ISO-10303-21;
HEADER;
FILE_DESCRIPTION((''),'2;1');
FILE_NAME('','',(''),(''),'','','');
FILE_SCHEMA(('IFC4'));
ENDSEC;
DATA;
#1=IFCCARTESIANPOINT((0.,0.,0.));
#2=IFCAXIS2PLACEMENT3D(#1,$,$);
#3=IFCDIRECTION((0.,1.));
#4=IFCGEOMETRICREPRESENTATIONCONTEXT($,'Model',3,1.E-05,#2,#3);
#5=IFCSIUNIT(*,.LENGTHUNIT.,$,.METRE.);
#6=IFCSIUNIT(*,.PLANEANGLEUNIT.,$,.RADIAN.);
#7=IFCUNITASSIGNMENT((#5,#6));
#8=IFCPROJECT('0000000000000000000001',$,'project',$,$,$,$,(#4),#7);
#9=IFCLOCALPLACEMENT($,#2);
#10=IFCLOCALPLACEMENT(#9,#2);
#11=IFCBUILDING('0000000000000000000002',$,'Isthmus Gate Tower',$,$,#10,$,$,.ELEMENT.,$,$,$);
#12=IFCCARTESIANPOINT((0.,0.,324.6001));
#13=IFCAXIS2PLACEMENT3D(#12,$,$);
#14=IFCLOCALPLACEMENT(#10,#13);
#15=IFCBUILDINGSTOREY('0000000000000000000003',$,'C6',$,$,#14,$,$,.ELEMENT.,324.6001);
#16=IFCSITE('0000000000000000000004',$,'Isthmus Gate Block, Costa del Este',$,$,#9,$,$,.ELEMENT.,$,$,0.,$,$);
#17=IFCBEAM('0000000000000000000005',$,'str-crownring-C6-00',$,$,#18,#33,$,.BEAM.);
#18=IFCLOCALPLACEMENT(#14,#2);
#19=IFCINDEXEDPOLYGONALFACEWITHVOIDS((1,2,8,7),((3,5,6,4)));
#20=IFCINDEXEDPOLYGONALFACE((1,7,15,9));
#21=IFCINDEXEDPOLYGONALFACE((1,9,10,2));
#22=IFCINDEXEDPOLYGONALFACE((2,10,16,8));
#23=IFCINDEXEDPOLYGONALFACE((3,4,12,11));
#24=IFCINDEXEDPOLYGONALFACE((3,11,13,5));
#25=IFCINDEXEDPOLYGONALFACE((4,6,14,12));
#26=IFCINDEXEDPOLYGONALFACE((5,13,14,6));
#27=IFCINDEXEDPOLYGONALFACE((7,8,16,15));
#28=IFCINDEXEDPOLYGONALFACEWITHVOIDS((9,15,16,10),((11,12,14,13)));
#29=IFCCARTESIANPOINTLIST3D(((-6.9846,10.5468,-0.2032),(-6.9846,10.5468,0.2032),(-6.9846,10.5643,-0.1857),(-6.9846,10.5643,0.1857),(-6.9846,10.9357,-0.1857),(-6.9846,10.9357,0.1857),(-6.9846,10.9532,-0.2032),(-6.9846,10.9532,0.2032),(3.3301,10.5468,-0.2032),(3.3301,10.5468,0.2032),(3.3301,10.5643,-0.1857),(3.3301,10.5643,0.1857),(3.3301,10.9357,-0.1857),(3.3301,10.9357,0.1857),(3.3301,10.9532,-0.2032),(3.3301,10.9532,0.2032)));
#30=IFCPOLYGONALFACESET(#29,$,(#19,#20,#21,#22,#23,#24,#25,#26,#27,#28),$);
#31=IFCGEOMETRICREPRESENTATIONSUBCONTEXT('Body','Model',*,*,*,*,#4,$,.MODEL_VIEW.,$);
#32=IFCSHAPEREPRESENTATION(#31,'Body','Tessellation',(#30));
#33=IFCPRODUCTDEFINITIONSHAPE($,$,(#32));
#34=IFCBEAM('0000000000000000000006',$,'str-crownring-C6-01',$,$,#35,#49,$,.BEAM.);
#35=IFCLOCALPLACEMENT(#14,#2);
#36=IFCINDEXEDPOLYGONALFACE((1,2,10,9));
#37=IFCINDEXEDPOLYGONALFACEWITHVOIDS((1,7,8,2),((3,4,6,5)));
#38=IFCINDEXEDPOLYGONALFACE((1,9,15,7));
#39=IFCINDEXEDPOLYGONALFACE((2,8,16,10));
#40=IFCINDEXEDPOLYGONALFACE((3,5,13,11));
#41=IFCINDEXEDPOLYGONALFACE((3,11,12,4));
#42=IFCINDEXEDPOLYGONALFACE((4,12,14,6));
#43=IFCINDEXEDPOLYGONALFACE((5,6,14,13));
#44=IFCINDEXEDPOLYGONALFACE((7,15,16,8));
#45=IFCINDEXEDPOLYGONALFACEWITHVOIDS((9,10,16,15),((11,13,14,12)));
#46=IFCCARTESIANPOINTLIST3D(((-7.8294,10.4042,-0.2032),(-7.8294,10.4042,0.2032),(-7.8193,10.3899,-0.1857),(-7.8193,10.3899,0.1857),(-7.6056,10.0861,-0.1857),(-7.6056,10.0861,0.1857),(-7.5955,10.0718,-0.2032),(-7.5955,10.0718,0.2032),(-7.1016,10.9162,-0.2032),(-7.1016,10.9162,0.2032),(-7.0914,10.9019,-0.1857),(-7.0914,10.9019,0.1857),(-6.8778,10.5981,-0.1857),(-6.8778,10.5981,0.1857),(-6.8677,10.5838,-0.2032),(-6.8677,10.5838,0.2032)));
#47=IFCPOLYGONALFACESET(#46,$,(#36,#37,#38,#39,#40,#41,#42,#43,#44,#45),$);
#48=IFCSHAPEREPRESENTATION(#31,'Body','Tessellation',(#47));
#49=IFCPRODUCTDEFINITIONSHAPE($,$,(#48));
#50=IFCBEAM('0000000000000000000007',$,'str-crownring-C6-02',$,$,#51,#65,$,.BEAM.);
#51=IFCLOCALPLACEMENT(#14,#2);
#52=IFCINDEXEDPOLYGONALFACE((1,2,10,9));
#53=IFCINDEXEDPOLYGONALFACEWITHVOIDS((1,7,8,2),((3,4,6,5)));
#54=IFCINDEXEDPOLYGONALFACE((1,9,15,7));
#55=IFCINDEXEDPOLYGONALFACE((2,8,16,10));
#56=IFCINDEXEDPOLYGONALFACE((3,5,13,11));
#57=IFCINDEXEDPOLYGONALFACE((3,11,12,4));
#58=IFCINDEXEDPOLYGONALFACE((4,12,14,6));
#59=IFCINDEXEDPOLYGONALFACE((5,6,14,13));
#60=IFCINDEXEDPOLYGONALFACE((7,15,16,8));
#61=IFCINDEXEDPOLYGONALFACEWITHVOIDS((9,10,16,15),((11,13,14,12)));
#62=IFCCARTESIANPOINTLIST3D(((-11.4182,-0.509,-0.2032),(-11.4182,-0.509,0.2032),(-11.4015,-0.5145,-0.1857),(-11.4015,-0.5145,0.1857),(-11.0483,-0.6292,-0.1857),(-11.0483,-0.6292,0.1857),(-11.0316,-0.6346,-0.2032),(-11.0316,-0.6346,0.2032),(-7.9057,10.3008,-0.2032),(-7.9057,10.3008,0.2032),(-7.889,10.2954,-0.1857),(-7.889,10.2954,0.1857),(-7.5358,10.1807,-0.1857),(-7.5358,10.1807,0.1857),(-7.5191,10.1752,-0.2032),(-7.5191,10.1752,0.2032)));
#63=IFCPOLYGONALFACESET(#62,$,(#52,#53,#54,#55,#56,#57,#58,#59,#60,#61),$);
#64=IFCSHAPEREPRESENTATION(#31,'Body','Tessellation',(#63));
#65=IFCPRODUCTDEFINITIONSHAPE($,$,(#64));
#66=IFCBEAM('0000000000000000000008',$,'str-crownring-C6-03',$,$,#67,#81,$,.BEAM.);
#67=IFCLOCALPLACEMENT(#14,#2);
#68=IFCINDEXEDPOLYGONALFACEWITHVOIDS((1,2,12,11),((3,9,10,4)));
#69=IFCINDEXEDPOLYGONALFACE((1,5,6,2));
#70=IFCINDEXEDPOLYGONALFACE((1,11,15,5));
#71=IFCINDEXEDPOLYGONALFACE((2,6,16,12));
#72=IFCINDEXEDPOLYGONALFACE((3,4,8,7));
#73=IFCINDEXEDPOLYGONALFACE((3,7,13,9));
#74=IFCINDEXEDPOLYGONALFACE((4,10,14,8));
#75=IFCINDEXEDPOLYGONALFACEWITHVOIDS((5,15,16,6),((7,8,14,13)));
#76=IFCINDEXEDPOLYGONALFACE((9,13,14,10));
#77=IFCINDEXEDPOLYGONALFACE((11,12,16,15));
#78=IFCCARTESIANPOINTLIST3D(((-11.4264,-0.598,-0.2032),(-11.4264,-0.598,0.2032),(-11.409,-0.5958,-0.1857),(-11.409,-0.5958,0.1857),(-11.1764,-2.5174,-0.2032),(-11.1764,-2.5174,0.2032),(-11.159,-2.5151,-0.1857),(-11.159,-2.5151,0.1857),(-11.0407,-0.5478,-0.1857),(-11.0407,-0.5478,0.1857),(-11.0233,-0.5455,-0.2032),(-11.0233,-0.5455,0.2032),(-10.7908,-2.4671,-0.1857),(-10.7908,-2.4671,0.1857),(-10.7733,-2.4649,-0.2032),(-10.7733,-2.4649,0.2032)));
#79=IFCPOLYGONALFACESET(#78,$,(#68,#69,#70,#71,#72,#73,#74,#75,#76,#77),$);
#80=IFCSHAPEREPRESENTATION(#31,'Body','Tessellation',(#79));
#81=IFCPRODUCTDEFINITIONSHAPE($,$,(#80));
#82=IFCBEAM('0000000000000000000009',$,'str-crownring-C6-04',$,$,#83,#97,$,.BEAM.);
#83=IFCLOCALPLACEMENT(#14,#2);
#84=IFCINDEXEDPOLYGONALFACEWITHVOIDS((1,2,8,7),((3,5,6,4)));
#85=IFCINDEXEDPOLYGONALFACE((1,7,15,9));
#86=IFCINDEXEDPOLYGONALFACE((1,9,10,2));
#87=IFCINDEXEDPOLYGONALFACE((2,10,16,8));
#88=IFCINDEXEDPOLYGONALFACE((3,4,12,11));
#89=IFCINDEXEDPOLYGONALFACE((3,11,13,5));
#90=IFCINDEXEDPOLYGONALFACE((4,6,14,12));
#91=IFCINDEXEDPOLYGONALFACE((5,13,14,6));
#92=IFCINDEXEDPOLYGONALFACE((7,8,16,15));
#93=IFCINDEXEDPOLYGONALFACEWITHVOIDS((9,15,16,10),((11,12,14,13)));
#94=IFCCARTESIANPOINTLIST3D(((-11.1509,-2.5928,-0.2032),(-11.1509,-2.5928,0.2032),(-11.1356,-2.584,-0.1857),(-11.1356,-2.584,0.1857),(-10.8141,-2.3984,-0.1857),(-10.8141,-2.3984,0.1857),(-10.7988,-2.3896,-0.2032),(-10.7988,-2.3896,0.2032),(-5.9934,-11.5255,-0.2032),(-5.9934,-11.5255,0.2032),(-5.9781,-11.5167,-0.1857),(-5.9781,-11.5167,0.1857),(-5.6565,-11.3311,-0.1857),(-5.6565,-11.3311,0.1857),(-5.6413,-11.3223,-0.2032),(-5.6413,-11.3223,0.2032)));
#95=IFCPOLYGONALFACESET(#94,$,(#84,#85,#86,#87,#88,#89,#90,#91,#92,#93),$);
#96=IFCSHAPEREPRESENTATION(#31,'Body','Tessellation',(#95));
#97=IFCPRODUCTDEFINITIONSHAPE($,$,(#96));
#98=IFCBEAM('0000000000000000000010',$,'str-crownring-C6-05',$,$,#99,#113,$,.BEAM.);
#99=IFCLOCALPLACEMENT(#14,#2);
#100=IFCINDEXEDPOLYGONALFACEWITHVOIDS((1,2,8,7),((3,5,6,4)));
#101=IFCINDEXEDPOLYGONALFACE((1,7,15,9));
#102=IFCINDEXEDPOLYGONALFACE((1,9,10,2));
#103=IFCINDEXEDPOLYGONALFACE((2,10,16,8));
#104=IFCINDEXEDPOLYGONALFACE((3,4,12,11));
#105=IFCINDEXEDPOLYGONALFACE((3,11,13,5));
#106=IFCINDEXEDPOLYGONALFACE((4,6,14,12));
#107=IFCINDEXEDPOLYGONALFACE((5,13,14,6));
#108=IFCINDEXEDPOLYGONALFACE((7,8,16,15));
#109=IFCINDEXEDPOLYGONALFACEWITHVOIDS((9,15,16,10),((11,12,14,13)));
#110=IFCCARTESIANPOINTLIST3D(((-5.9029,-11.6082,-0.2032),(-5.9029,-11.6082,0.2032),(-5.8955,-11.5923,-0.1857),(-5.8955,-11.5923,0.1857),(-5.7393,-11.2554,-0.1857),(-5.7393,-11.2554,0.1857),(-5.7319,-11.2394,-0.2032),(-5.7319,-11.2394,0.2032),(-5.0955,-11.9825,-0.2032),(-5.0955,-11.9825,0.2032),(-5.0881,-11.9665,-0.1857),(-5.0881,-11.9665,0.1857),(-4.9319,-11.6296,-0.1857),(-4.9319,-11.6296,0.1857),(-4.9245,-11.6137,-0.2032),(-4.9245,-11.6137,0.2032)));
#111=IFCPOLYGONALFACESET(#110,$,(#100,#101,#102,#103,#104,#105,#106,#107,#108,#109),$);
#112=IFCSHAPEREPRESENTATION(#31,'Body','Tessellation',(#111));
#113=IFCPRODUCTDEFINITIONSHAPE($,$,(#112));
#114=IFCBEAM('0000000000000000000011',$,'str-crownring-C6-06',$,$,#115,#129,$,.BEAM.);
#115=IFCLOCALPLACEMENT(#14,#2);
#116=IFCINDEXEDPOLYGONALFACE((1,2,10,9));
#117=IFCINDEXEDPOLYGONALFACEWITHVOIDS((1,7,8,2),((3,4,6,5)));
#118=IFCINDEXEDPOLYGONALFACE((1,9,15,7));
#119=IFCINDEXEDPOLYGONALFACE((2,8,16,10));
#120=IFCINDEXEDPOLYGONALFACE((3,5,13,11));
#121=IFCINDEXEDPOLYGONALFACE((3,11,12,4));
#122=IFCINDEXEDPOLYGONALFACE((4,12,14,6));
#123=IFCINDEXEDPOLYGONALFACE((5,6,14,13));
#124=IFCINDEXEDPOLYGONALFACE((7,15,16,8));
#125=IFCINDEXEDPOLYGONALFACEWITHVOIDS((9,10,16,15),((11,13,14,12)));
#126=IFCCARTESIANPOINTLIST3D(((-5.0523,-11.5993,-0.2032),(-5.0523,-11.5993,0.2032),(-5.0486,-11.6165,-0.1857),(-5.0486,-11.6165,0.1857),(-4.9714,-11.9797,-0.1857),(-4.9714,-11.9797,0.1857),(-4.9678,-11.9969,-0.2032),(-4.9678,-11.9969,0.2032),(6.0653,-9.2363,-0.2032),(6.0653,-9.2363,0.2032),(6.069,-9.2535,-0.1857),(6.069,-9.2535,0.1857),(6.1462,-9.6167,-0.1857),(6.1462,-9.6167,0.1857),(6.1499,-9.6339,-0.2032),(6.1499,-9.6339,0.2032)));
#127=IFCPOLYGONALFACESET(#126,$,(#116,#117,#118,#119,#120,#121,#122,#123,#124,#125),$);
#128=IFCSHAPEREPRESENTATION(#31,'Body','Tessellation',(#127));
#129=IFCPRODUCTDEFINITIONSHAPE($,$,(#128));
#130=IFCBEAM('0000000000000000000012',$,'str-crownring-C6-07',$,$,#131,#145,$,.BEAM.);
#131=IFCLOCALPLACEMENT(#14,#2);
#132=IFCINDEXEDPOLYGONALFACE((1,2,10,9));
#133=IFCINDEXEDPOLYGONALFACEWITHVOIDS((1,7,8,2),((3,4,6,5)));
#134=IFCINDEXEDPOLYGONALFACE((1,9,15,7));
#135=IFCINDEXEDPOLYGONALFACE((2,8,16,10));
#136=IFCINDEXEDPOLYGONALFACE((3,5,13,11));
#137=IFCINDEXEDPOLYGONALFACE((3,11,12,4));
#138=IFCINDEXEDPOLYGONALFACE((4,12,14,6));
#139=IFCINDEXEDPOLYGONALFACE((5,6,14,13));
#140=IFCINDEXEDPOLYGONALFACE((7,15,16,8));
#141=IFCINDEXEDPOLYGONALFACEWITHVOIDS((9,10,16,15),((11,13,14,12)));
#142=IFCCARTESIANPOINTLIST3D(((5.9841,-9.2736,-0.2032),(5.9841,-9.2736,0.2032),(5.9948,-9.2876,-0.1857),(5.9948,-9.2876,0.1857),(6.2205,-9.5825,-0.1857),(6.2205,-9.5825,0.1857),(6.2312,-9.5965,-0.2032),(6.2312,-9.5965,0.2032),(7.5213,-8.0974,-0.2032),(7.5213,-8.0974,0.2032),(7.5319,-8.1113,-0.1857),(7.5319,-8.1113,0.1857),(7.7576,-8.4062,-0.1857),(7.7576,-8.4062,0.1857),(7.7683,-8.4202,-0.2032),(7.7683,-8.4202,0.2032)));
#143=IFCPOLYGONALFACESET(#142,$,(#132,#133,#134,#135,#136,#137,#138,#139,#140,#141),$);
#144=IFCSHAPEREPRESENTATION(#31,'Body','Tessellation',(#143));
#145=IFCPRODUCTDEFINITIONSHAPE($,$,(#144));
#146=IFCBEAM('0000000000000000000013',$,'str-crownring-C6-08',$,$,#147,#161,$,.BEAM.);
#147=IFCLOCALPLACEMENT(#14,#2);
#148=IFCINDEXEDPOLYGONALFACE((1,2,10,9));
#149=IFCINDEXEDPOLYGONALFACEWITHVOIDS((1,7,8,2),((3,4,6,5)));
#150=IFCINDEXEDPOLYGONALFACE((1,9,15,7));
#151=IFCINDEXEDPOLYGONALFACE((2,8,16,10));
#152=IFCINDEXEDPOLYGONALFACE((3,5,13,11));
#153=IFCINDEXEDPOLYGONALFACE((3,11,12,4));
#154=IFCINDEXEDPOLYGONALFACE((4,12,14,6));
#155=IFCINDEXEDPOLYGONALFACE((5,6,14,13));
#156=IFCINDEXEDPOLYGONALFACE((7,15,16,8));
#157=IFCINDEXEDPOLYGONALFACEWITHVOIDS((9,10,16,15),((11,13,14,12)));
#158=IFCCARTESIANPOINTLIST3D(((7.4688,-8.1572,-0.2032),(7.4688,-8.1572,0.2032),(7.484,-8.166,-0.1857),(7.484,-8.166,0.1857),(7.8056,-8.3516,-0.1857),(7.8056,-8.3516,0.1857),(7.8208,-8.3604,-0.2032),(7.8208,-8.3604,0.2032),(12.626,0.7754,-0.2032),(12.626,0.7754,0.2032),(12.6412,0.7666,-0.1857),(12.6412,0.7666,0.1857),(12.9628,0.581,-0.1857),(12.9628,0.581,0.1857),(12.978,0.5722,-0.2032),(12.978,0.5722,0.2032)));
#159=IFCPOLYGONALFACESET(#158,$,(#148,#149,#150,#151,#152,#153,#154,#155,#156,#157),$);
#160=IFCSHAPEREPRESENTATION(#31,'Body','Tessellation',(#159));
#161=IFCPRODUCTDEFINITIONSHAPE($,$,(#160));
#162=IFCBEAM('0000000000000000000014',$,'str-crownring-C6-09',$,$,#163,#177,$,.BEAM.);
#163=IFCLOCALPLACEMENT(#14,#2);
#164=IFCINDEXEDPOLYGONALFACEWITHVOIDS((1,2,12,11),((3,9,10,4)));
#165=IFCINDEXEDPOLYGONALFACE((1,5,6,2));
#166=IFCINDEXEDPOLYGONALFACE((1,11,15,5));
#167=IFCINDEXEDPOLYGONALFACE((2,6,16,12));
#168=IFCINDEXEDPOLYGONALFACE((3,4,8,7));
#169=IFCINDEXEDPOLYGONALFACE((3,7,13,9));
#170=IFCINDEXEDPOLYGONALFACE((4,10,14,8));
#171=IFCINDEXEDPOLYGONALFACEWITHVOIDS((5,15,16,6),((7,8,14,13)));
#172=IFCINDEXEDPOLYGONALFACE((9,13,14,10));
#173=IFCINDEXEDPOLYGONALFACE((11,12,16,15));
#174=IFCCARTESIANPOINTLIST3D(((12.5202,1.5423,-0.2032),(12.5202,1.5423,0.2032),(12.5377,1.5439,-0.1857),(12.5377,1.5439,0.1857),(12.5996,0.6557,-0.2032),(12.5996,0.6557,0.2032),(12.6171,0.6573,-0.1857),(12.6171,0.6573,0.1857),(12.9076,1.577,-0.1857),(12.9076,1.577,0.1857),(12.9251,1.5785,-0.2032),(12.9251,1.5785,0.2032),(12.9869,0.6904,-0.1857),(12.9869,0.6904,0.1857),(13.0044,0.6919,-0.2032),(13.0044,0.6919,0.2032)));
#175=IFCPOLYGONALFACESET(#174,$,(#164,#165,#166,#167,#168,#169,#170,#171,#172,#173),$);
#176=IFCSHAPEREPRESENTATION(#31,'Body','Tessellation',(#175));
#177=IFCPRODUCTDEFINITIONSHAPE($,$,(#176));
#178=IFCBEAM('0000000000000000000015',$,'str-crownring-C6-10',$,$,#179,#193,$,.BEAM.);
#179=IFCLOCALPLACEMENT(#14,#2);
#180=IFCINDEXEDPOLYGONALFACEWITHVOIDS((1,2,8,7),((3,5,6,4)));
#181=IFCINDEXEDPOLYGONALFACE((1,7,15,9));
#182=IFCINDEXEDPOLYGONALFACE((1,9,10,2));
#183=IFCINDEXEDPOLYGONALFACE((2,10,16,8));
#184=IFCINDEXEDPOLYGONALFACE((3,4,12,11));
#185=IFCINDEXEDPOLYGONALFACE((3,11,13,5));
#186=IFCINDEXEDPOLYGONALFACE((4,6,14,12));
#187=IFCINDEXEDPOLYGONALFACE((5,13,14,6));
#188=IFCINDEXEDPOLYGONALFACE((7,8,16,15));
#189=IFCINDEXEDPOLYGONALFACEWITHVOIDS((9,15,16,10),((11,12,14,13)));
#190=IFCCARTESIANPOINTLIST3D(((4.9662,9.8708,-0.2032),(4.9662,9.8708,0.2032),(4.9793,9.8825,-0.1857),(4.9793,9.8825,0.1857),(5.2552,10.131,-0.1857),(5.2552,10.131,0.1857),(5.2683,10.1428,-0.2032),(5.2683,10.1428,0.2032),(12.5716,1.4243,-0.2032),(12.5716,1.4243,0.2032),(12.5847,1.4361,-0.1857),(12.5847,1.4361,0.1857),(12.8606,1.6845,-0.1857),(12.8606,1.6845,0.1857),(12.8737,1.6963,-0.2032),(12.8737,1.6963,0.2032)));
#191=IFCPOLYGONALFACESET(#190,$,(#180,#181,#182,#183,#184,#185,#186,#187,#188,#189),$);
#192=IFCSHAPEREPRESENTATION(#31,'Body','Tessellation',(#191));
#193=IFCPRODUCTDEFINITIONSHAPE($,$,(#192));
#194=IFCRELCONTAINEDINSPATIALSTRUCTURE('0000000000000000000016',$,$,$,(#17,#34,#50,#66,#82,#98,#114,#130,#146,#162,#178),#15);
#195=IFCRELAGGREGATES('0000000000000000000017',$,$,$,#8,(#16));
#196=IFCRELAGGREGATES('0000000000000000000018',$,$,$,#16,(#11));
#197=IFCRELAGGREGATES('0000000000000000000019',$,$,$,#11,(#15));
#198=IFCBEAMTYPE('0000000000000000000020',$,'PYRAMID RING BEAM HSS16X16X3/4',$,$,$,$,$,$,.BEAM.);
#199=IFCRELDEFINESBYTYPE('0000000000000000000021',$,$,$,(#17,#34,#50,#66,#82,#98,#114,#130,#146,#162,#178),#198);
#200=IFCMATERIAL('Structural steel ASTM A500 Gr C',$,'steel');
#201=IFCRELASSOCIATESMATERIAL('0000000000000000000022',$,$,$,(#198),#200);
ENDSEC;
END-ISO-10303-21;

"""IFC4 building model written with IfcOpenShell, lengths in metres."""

from ifc_helpers import new_model, si_unit, direction, frame, origin, origin_2d, place, context, subcontext, project, spatial, hollow_rectangle, extrude, material, material_profile, profile_set, type_object, element, save


model = new_model("IFC4")

# Units and contexts
model_context = context("Model", 3, precision=1e-05, world=origin(), true_north=direction((0.0, 1.0)))
body_context = subcontext(model_context, "Body", "Model", "MODEL_VIEW")
ifc_project = project(units=[si_unit("LENGTHUNIT", "METRE"), si_unit("PLANEANGLEUNIT", "RADIAN")], contexts=[model_context])

# Site, building, storey
site_placement = place(None, origin())
site = spatial("IfcSite", under=ifc_project, at=site_placement, Name="Isthmus Gate Block, Costa del Este", CompositionType="ELEMENT", RefElevation=0.0)
building_placement = place(site_placement, origin())
building = spatial("IfcBuilding", under=site, at=building_placement, Name="Isthmus Gate Tower", CompositionType="ELEMENT")
storey_placement = place(building_placement, frame((0.0, 0.0, 324.6001)))
storey = spatial("IfcBuildingStorey", under=building, at=storey_placement, Name="C6", CompositionType="ELEMENT", Elevation=324.6001)

# Beams
ifc_material = material(Name="Structural steel ASTM A500 Gr C", Category="steel")
ifc_material_profile = material_profile(ifc_material, hollow_rectangle(XDim=0.4065, YDim=0.4065, WallThickness=0.0176, at=origin_2d()), Name="HSS16X16X3/4")
ifc_profile_set = profile_set([ifc_material_profile], Name="Structural steel ASTM A500 Gr C")
beam_type = type_object("IfcBeamType", Name="PYRAMID RING BEAM HSS16X16X3/4", PredefinedType="BEAM", material=ifc_profile_set)
beam_1_placement = place(storey_placement, frame((3.3301, 10.75, 0.0), z_axis=(-1.0, 0.0, 0.0), x_axis=(0.0, -1.0, 0.0)))
element("IfcBeam", 1, at=beam_1_placement, inside=storey, type_object=beam_type, Name="str-crownring-C6-00", PredefinedType="BEAM", context=body_context, shape_type="SweptSolid", body=[
    extrude(hollow_rectangle(XDim=0.4065, YDim=0.4065, WallThickness=0.0176, at=origin_2d()), origin(), (0.0, 0.0, 1.0), 10.3147),
])
beam_2_placement = place(storey_placement, frame((-6.9846, 10.75, 0.0), z_axis=(-0.817902, -0.575357, 0.0), x_axis=(0.575357, -0.817902, 0.0)))
element("IfcBeam", 2, at=beam_2_placement, inside=storey, type_object=beam_type, Name="str-crownring-C6-01", PredefinedType="BEAM", context=body_context, shape_type="SweptSolid", body=[
    extrude(hollow_rectangle(XDim=0.4065, YDim=0.4065, WallThickness=0.0176, at=origin_2d()), origin(), (0.0, 0.0, 1.0), 0.8899),
])
beam_3_placement = place(storey_placement, frame((-7.7124, 10.238, 0.0), z_axis=(-0.309027, -0.951053, 0.0), x_axis=(0.951053, -0.309027, 0.0)))
element("IfcBeam", 3, at=beam_3_placement, inside=storey, type_object=beam_type, Name="str-crownring-C6-02", PredefinedType="BEAM", context=body_context, shape_type="SweptSolid", body=[
    extrude(hollow_rectangle(XDim=0.4065, YDim=0.4065, WallThickness=0.0176, at=origin_2d()), origin(), (0.0, 0.0, 1.0), 11.3662),
])
beam_4_placement = place(storey_placement, frame((-11.2249, -0.5718, 0.0), z_axis=(0.129156, -0.991624, 0.0), x_axis=(0.991624, 0.129156, 0.0)))
element("IfcBeam", 4, at=beam_4_placement, inside=storey, type_object=beam_type, Name="str-crownring-C6-03", PredefinedType="BEAM", context=body_context, shape_type="SweptSolid", body=[
    extrude(hollow_rectangle(XDim=0.4065, YDim=0.4065, WallThickness=0.0176, at=origin_2d()), origin(), (0.0, 0.0, 1.0), 1.9355),
])
beam_5_placement = place(storey_placement, frame((-10.9749, -2.4912, 0.0), z_axis=(0.500016, -0.866016, 0.0), x_axis=(0.866016, 0.500016, 0.0)))
element("IfcBeam", 5, at=beam_5_placement, inside=storey, type_object=beam_type, Name="str-crownring-C6-04", PredefinedType="BEAM", context=body_context, shape_type="SweptSolid", body=[
    extrude(hollow_rectangle(XDim=0.4065, YDim=0.4065, WallThickness=0.0176, at=origin_2d()), origin(), (0.0, 0.0, 1.0), 10.3147),
])
beam_6_placement = place(storey_placement, frame((-5.8174, -11.4238, 0.0), z_axis=(0.90726, -0.420571, 0.0), x_axis=(0.420571, 0.90726, 0.0)))
element("IfcBeam", 6, at=beam_6_placement, inside=storey, type_object=beam_type, Name="str-crownring-C6-05", PredefinedType="BEAM", context=body_context, shape_type="SweptSolid", body=[
    extrude(hollow_rectangle(XDim=0.4065, YDim=0.4065, WallThickness=0.0176, at=origin_2d()), origin(), (0.0, 0.0, 1.0), 0.8899),
])
beam_7_placement = place(storey_placement, frame((-5.01, -11.7981, 0.0), z_axis=(0.978149, 0.207903, 0.0), x_axis=(-0.207903, 0.978149, 0.0)))
element("IfcBeam", 7, at=beam_7_placement, inside=storey, type_object=beam_type, Name="str-crownring-C6-06", PredefinedType="BEAM", context=body_context, shape_type="SweptSolid", body=[
    extrude(hollow_rectangle(XDim=0.4065, YDim=0.4065, WallThickness=0.0176, at=origin_2d()), origin(), (0.0, 0.0, 1.0), 11.366),
])
beam_8_placement = place(storey_placement, frame((6.1077, -9.4351, 0.0), z_axis=(0.79415, 0.607722, 0.0), x_axis=(-0.607722, 0.79415, 0.0)))
element("IfcBeam", 8, at=beam_8_placement, inside=storey, type_object=beam_type, Name="str-crownring-C6-07", PredefinedType="BEAM", context=body_context, shape_type="SweptSolid", body=[
    extrude(hollow_rectangle(XDim=0.4065, YDim=0.4065, WallThickness=0.0176, at=origin_2d()), origin(), (0.0, 0.0, 1.0), 1.9355),
])
beam_9_placement = place(storey_placement, frame((7.6448, -8.2588, 0.0), z_axis=(0.499998, 0.866026, 0.0), x_axis=(-0.866026, 0.499998, 0.0)))
element("IfcBeam", 9, at=beam_9_placement, inside=storey, type_object=beam_type, Name="str-crownring-C6-08", PredefinedType="BEAM", context=body_context, shape_type="SweptSolid", body=[
    extrude(hollow_rectangle(XDim=0.4065, YDim=0.4065, WallThickness=0.0176, at=origin_2d()), origin(), (0.0, 0.0, 1.0), 10.3145),
])
beam_10_placement = place(storey_placement, frame((12.802, 0.6738, 0.0), z_axis=(-0.089151, 0.996018, 0.0), x_axis=(-0.996018, -0.089151, 0.0)))
element("IfcBeam", 10, at=beam_10_placement, inside=storey, type_object=beam_type, Name="str-crownring-C6-09", PredefinedType="BEAM", context=body_context, shape_type="SweptSolid", body=[
    extrude(hollow_rectangle(XDim=0.4065, YDim=0.4065, WallThickness=0.0176, at=origin_2d()), origin(), (0.0, 0.0, 1.0), 0.8901),
])
beam_11_placement = place(storey_placement, frame((12.7227, 1.5603, 0.0), z_axis=(-0.669139, 0.743137, 0.0), x_axis=(-0.743137, -0.669139, 0.0)))
element("IfcBeam", 11, at=beam_11_placement, inside=storey, type_object=beam_type, Name="str-crownring-C6-10", PredefinedType="BEAM", context=body_context, shape_type="SweptSolid", body=[
    extrude(hollow_rectangle(XDim=0.4065, YDim=0.4065, WallThickness=0.0176, at=origin_2d()), origin(), (0.0, 0.0, 1.0), 11.366),
])

save(model, "model.ifc")
